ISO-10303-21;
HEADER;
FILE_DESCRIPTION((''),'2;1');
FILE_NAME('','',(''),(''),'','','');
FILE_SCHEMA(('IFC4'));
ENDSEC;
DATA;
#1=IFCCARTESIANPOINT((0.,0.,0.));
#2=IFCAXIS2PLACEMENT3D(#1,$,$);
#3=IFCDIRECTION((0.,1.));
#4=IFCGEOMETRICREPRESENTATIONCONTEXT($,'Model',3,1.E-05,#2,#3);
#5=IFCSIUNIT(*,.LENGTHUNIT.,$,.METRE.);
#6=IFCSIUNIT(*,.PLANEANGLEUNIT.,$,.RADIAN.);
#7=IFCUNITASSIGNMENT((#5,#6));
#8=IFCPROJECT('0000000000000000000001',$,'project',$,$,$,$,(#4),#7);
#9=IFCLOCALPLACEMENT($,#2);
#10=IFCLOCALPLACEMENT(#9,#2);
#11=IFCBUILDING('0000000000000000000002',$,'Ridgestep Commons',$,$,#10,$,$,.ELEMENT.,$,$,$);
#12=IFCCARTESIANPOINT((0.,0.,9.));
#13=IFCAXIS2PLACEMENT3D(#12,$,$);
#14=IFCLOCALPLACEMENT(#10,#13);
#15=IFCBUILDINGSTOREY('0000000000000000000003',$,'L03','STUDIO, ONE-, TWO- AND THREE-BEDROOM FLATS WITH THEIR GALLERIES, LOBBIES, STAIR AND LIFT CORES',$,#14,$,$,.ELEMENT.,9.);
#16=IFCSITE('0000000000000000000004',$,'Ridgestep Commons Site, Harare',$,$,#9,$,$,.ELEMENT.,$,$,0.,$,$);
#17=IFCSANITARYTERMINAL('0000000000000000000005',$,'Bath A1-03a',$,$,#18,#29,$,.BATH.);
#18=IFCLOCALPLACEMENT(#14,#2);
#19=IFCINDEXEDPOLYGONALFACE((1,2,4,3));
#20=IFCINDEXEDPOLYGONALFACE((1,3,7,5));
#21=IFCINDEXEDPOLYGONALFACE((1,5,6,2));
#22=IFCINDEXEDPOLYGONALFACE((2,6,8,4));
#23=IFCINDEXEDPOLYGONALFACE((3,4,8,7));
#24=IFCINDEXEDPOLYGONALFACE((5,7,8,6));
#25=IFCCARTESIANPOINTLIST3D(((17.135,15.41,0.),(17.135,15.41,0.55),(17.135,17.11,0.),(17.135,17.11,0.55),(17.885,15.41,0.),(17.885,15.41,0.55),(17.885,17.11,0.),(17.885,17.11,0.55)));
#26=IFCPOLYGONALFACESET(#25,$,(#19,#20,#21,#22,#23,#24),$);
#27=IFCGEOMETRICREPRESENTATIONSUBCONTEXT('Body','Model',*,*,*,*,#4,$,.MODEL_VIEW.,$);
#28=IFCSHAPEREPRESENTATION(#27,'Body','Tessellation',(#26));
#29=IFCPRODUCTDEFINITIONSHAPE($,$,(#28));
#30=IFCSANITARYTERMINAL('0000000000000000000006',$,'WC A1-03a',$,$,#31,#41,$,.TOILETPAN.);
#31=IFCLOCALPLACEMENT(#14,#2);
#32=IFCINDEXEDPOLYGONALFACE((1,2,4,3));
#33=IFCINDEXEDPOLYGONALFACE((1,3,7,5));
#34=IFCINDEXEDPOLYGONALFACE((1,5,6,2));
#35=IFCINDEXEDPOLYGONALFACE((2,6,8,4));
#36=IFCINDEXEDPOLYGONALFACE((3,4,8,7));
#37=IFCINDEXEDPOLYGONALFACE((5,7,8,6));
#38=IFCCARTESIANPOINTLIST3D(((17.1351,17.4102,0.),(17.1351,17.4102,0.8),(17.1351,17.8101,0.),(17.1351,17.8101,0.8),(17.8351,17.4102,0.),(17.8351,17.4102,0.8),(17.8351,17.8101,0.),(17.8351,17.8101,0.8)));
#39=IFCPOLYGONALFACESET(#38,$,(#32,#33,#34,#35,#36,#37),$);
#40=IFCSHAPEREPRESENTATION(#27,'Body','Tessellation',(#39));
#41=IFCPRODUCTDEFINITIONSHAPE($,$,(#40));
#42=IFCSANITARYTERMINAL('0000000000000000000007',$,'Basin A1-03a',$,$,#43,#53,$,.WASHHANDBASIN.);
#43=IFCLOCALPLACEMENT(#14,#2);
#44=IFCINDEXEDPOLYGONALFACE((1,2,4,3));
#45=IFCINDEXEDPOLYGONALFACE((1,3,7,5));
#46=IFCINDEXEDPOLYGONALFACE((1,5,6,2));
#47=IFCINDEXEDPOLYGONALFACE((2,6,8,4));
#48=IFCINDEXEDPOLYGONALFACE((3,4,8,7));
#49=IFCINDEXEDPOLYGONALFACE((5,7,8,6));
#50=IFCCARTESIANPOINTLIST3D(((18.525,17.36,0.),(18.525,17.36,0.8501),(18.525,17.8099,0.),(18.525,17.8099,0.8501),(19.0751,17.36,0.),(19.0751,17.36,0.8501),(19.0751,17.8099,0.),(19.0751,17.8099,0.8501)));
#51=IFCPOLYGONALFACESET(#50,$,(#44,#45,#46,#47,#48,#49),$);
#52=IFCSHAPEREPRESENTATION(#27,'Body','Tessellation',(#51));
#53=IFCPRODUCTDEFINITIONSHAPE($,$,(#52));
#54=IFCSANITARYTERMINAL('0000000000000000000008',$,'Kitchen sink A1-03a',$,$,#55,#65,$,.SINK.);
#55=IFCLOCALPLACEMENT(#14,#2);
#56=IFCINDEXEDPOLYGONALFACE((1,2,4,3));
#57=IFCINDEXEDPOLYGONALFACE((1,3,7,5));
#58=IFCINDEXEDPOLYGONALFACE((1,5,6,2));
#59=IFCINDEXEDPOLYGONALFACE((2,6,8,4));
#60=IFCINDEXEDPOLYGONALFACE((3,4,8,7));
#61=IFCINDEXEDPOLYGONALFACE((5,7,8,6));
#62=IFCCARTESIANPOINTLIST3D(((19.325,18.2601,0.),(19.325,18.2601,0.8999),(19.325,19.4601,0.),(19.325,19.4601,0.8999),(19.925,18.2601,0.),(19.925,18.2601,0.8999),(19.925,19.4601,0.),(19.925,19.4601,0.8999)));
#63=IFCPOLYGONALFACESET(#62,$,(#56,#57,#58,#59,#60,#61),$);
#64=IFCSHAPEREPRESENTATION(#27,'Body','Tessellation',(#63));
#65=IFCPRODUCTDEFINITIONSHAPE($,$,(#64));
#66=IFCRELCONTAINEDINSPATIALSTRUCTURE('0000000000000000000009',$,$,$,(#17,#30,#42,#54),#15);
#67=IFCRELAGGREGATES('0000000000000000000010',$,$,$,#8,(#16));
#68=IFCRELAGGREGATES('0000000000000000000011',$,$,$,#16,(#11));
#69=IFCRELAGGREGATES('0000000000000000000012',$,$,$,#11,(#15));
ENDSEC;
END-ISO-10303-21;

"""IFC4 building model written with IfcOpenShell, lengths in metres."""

from ifc_helpers import new_model, si_unit, direction, frame, origin, origin_2d, place, context, subcontext, project, spatial, rectangle, extrude, element, save


model = new_model("IFC4")

# Units and contexts
model_context = context("Model", 3, precision=1e-05, world=origin(), true_north=direction((0.0, 1.0)))
body_context = subcontext(model_context, "Body", "Model", "MODEL_VIEW")
ifc_project = project(units=[si_unit("LENGTHUNIT", "METRE"), si_unit("PLANEANGLEUNIT", "RADIAN")], contexts=[model_context])

# Site, building, storey
site_placement = place(None, origin())
site = spatial("IfcSite", under=ifc_project, at=site_placement, Name="Ridgestep Commons Site, Harare", CompositionType="ELEMENT", RefElevation=0.0)
building_placement = place(site_placement, origin())
building = spatial("IfcBuilding", under=site, at=building_placement, Name="Ridgestep Commons", CompositionType="ELEMENT")
storey_placement = place(building_placement, frame((0.0, 0.0, 9.0)))
storey = spatial("IfcBuildingStorey", under=building, at=storey_placement, Name="L03", Description="STUDIO, ONE-, TWO- AND THREE-BEDROOM FLATS WITH THEIR GALLERIES, LOBBIES, STAIR AND LIFT CORES", CompositionType="ELEMENT", Elevation=9.0)

# Sanitary terminals
sanitary_terminal_1_placement = place(storey_placement, frame((17.51, 16.26, 0.0), z_axis=(0.0, 0.0, 1.0), x_axis=(1.0, 0.0, 0.0)))
element("IfcSanitaryTerminal", 1, at=sanitary_terminal_1_placement, inside=storey, Name="Bath A1-03a", PredefinedType="BATH", context=body_context, shape_type="SweptSolid", body=[
    extrude(rectangle(XDim=0.75, YDim=1.7, at=origin_2d()), origin(), (0.0, 0.0, 1.0), 0.55),
])
sanitary_terminal_2_placement = place(storey_placement, frame((17.4851, 17.6101, 0.0), z_axis=(0.0, 0.0, 1.0), x_axis=(1.0, 0.0, 0.0)))
element("IfcSanitaryTerminal", 2, at=sanitary_terminal_2_placement, inside=storey, Name="WC A1-03a", PredefinedType="TOILETPAN", context=body_context, shape_type="SweptSolid", body=[
    extrude(rectangle(XDim=0.7, YDim=0.3999, at=origin_2d()), origin(), (0.0, 0.0, 1.0), 0.8),
])
sanitary_terminal_3_placement = place(storey_placement, frame((18.8, 17.585, 0.0), z_axis=(0.0, 0.0, 1.0), x_axis=(1.0, 0.0, 0.0)))
element("IfcSanitaryTerminal", 3, at=sanitary_terminal_3_placement, inside=storey, Name="Basin A1-03a", PredefinedType="WASHHANDBASIN", context=body_context, shape_type="SweptSolid", body=[
    extrude(rectangle(XDim=0.55, YDim=0.45, at=origin_2d()), origin(), (0.0, 0.0, 1.0), 0.8501),
])
sanitary_terminal_4_placement = place(storey_placement, frame((19.625, 18.8601, 0.0), z_axis=(0.0, 0.0, 1.0), x_axis=(1.0, 0.0, 0.0)))
element("IfcSanitaryTerminal", 4, at=sanitary_terminal_4_placement, inside=storey, Name="Kitchen sink A1-03a", PredefinedType="SINK", context=body_context, shape_type="SweptSolid", body=[
    extrude(rectangle(XDim=0.6001, YDim=1.2, at=origin_2d()), origin(), (0.0, 0.0, 1.0), 0.8999),
])

save(model, "model.ifc")
